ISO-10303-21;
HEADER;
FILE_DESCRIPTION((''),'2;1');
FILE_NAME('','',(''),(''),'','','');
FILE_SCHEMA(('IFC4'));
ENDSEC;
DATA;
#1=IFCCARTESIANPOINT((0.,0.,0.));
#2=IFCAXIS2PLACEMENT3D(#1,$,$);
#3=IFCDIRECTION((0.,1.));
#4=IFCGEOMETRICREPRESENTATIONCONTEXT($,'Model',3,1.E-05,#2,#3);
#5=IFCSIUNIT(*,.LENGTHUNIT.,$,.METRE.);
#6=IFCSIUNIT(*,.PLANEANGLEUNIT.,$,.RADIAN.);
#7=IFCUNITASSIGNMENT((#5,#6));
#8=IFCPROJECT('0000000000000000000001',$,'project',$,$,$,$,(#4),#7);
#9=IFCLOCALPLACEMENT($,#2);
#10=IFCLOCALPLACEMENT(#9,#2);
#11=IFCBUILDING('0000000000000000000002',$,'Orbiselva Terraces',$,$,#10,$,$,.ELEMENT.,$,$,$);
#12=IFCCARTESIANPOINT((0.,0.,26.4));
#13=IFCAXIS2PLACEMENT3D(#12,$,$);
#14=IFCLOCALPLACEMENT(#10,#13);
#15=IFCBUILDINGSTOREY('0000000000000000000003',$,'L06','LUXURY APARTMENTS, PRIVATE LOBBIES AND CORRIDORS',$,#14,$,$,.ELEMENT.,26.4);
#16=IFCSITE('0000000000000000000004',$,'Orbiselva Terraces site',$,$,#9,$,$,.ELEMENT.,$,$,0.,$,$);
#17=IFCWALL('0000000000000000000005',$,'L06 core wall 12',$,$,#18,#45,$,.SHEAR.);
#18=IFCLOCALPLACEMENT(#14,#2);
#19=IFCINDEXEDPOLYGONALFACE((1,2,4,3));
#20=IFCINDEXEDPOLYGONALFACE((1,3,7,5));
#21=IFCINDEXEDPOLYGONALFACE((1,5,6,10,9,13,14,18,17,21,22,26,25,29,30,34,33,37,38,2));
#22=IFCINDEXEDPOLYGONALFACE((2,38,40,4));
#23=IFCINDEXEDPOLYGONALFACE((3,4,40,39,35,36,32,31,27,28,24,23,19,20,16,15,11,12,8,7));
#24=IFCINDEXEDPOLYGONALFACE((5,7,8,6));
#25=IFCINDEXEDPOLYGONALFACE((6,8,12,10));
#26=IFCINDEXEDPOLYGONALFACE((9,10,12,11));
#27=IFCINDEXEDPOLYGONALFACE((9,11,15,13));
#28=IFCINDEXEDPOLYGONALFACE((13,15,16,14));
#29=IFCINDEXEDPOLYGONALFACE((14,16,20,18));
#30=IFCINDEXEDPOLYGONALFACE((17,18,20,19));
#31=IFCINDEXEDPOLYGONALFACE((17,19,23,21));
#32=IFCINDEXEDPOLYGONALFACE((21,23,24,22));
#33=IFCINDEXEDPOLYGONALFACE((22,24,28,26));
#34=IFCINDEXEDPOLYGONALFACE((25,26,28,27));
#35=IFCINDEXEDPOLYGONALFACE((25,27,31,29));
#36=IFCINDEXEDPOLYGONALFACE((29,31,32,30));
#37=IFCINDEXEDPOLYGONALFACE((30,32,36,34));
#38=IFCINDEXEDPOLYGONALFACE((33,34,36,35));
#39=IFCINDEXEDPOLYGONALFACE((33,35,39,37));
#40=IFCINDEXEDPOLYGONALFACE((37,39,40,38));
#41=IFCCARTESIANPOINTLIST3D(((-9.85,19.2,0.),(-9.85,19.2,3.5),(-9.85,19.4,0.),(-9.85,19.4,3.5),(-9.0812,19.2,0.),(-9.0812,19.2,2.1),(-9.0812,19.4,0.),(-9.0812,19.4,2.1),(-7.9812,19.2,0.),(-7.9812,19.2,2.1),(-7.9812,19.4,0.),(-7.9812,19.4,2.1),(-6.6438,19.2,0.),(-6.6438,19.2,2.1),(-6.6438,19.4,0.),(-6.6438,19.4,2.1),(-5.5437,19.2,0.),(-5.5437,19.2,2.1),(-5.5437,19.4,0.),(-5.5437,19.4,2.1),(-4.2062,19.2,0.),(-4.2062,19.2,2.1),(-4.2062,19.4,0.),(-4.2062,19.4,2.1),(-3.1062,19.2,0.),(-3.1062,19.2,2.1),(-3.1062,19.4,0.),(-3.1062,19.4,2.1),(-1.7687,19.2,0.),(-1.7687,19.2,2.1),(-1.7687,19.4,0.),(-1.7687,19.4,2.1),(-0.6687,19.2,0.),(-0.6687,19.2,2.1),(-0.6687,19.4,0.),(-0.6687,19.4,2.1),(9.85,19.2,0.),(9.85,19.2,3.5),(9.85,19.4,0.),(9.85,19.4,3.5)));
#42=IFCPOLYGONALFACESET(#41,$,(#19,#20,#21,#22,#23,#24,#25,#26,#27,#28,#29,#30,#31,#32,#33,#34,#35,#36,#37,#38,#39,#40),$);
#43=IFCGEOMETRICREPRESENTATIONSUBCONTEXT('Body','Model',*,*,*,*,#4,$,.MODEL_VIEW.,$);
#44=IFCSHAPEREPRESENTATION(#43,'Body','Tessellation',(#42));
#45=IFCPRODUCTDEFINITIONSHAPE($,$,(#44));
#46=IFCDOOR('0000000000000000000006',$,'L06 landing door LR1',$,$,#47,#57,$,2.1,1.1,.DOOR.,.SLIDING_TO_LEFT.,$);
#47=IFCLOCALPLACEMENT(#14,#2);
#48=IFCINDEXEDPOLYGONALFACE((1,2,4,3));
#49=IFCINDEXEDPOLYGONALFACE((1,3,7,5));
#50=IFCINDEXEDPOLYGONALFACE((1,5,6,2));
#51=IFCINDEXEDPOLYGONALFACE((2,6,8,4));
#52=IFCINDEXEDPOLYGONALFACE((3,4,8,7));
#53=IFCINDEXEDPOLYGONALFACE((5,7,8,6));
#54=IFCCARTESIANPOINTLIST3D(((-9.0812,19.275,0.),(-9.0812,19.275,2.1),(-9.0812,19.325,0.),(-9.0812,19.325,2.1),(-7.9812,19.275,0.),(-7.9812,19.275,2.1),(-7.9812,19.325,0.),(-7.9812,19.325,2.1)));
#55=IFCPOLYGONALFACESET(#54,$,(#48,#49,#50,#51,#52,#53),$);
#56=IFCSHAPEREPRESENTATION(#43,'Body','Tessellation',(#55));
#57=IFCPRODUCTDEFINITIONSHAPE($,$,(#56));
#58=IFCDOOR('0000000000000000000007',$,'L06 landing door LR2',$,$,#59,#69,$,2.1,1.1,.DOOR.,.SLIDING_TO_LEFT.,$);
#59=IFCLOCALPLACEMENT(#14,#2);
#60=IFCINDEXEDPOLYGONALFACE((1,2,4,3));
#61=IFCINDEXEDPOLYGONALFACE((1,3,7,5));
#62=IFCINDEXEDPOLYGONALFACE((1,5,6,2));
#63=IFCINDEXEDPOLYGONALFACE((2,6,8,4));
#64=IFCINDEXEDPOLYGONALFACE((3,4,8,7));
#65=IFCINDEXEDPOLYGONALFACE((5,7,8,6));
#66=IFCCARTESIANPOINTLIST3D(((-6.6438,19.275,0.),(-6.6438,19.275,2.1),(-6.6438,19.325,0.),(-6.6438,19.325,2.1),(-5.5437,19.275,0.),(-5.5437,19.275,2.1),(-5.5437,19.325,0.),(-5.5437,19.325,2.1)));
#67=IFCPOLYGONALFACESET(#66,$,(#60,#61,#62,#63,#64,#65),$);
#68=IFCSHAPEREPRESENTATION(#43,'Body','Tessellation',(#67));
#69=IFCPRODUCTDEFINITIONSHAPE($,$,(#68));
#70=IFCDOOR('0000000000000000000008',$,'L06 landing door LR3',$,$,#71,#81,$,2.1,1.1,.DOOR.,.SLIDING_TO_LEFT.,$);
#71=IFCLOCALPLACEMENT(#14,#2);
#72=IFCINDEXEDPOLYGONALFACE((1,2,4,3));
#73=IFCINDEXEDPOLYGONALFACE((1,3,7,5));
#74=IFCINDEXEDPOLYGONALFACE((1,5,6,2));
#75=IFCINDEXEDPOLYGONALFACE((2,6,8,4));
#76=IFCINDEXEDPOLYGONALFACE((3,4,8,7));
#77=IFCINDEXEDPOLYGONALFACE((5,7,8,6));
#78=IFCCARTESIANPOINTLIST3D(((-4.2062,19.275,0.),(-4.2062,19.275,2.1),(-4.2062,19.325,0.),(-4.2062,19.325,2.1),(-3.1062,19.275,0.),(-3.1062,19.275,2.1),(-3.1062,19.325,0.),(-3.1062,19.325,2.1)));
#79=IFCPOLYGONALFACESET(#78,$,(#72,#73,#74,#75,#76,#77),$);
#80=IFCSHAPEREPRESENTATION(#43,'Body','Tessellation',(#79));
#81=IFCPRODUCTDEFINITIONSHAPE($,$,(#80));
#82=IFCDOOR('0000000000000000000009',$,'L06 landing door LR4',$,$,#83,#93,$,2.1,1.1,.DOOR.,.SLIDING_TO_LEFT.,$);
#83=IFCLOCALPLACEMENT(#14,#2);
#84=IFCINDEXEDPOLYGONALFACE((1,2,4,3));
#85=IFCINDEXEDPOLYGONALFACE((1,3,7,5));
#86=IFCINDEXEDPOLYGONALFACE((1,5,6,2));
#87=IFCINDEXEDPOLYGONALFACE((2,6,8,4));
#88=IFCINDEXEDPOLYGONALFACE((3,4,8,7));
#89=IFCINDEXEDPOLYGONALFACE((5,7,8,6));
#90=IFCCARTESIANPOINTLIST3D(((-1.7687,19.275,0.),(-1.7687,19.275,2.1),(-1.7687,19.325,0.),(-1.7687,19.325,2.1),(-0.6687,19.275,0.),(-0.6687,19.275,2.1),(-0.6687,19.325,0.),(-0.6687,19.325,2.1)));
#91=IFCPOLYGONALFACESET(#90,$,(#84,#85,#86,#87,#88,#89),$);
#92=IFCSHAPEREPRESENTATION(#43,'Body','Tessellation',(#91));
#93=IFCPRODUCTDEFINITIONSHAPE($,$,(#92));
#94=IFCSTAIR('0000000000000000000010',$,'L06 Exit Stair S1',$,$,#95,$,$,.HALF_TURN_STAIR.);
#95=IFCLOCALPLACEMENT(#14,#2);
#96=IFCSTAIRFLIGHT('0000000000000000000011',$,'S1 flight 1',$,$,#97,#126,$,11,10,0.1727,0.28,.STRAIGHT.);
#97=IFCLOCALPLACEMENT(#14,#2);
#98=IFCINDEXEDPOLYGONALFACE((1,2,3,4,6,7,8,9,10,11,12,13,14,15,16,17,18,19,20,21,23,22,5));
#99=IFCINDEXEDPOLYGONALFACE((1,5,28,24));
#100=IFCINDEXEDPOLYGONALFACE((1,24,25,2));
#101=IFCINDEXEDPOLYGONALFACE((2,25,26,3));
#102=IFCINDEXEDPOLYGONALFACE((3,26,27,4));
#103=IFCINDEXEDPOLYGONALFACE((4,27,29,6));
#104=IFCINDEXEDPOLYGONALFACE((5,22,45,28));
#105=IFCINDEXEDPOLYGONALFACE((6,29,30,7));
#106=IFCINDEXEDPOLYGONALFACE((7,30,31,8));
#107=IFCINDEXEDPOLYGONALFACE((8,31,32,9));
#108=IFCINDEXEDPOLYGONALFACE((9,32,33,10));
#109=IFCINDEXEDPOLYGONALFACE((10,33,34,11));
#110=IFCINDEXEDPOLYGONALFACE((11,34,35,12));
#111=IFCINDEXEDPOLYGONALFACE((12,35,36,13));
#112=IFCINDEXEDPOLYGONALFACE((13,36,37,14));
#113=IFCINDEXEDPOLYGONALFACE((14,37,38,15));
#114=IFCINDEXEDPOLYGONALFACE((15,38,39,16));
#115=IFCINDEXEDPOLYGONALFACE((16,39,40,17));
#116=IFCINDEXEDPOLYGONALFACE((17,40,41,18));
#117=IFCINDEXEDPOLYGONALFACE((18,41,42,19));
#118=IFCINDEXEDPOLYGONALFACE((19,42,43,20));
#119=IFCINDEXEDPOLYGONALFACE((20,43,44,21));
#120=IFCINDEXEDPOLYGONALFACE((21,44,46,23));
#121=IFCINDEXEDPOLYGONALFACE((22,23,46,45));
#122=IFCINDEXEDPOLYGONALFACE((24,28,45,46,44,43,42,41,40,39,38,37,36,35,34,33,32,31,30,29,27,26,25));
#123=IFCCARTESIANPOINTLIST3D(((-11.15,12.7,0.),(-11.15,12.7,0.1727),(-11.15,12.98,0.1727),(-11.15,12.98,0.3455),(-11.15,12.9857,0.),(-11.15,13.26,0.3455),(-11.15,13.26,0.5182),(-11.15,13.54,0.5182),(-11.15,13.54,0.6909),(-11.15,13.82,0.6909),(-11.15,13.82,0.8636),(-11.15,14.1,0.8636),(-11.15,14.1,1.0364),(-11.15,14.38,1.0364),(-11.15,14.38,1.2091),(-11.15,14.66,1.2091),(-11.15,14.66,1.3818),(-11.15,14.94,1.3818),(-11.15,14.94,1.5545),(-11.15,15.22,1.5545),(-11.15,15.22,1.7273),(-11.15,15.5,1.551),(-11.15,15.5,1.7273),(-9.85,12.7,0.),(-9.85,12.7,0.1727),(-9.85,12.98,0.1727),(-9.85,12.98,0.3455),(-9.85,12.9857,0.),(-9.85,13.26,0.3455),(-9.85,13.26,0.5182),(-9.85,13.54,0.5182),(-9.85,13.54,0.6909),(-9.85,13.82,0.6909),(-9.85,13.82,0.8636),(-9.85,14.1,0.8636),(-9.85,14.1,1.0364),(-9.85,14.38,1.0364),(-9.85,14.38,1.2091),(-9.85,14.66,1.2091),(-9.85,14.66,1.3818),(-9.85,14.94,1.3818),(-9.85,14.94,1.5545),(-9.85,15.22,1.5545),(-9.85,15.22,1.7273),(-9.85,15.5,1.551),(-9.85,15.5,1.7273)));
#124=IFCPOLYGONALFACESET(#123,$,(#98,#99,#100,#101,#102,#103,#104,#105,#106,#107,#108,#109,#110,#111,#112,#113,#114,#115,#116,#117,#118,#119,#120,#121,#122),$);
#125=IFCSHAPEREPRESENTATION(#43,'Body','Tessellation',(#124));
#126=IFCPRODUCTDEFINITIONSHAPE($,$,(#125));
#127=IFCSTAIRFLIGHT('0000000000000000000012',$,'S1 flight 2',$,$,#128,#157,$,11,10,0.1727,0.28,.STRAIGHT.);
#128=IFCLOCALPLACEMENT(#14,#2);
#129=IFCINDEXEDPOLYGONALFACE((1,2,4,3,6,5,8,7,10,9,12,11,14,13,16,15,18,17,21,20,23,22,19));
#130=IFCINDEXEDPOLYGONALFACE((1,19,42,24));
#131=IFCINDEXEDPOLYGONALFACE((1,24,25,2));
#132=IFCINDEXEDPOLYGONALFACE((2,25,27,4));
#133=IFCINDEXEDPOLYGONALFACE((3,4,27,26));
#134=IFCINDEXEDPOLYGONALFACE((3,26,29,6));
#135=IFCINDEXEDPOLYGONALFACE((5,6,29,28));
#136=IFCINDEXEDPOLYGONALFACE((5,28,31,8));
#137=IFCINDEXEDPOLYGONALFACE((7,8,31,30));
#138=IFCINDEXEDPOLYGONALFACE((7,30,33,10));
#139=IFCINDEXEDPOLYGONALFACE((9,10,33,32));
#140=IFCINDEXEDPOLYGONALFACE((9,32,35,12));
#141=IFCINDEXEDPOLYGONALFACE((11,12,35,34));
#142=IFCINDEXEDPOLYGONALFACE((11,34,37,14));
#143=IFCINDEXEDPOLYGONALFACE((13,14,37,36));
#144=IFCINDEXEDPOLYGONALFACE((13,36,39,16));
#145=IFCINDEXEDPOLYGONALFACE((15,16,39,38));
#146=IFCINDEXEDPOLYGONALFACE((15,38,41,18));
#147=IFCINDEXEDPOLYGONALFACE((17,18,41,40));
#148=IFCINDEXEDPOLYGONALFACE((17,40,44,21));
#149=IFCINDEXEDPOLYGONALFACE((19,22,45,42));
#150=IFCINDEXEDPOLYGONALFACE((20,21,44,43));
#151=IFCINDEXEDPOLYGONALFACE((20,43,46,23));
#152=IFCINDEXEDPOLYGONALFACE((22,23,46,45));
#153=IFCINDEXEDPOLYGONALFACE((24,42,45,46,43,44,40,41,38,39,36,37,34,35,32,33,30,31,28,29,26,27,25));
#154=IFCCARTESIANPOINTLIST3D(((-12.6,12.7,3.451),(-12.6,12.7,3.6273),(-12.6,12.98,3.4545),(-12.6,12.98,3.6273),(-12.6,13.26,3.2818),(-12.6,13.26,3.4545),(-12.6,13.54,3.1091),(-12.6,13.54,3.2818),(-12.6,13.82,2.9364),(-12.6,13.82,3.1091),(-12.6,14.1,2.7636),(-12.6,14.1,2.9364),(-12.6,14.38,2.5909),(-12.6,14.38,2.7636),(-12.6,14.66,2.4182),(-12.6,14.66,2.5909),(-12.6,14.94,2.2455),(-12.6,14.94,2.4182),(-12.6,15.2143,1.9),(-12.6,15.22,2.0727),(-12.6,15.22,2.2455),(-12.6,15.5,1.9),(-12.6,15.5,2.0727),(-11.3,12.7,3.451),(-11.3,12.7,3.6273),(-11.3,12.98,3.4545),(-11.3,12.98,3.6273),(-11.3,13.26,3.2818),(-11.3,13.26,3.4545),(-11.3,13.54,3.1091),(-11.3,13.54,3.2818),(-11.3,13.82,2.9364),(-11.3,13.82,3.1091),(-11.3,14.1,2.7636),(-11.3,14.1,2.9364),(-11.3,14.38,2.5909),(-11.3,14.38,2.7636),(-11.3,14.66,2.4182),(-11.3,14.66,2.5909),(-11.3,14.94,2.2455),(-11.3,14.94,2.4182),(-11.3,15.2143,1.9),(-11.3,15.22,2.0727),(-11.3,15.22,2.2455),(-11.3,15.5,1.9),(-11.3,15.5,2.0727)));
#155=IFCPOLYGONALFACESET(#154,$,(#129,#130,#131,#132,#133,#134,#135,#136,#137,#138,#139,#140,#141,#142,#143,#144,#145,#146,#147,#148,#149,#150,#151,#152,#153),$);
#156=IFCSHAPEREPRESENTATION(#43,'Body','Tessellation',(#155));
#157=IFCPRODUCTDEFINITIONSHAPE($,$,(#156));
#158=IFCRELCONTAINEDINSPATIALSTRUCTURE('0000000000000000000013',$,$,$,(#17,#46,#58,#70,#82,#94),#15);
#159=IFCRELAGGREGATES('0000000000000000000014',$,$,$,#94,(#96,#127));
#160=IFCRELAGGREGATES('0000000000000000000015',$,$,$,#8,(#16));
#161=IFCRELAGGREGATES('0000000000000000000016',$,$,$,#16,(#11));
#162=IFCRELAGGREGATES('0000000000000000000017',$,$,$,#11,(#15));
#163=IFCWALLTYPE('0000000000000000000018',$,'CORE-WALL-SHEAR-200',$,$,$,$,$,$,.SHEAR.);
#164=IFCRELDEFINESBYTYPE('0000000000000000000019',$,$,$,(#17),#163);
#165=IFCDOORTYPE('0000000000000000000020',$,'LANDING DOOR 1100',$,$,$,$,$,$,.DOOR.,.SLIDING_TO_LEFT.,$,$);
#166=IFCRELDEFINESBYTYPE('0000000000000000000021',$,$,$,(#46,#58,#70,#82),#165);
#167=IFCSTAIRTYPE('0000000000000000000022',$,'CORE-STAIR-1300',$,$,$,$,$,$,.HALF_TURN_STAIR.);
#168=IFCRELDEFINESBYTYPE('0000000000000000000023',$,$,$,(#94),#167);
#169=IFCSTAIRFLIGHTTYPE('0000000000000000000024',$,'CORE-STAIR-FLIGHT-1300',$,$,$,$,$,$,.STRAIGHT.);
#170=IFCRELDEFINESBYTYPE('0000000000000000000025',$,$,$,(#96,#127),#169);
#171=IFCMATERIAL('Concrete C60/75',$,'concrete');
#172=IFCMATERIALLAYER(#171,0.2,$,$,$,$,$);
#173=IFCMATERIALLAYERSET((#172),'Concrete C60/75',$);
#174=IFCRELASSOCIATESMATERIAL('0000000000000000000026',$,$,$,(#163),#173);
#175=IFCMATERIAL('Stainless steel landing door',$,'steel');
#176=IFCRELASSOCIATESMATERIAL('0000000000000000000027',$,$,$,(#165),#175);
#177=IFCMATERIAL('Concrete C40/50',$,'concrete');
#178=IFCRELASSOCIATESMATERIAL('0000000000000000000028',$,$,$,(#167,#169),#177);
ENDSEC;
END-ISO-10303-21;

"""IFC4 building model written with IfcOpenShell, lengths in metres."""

from ifc_helpers import new_model, si_unit, direction, frame, frame_2d, origin, place, context, subcontext, project, spatial, polyline, rectangle, outline, extrude, material, layer, layer_set, type_object, element, fill, aggregate, save


model = new_model("IFC4")

# Units and contexts
model_context = context("Model", 3, precision=1e-05, world=origin(), true_north=direction((0.0, 1.0)))
body_context = subcontext(model_context, "Body", "Model", "MODEL_VIEW")
ifc_project = project(units=[si_unit("LENGTHUNIT", "METRE"), si_unit("PLANEANGLEUNIT", "RADIAN")], contexts=[model_context])

# Site, building, storey
site_placement = place(None, origin())
site = spatial("IfcSite", under=ifc_project, at=site_placement, Name="Orbiselva Terraces site", CompositionType="ELEMENT", RefElevation=0.0)
building_placement = place(site_placement, origin())
building = spatial("IfcBuilding", under=site, at=building_placement, Name="Orbiselva Terraces", CompositionType="ELEMENT")
storey_placement = place(building_placement, frame((0.0, 0.0, 26.4)))
storey = spatial("IfcBuildingStorey", under=building, at=storey_placement, Name="L06", Description="LUXURY APARTMENTS, PRIVATE LOBBIES AND CORRIDORS", CompositionType="ELEMENT", Elevation=26.4)

# Shared definitions
ifc_material_1 = material(Name="Concrete C40/50", Category="concrete")
ifc_material_2 = material(Name="Concrete C60/75", Category="concrete")
ifc_layer_1 = layer(ifc_material_2, 0.2)
ifc_layer_set_1 = layer_set([ifc_layer_1], Name="Concrete C60/75")
wall_type_1 = type_object("IfcWallType", Name="CORE-WALL-SHEAR-200", PredefinedType="SHEAR", material=ifc_layer_set_1)

# Wall, openings, doors
wall_1_placement = place(storey_placement, frame((-9.85, 19.3, 0.0), z_axis=(0.0, 0.0, 1.0), x_axis=(1.0, 0.0, 0.0)))
wall_1 = element("IfcWall", 1, at=wall_1_placement, inside=storey, type_object=wall_type_1, Name="L06 core wall 12", PredefinedType="SHEAR", context=body_context, shape_type="SweptSolid", body=[
    extrude(rectangle(XDim=19.7, YDim=0.2, at=frame_2d((9.85, 0.0))), origin(), (0.0, 0.0, 1.0), 3.5),
])
opening_1_placement = place(wall_1_placement, frame((0.7688, 0.0, 0.0)))
opening_1 = element("IfcOpeningElement", 2, at=opening_1_placement, cuts=wall_1, PredefinedType="OPENING", context=body_context, shape_type="SweptSolid", body=[
    extrude(rectangle(XDim=1.1, YDim=2.1, at=frame_2d((0.55, 1.05))), frame((0.0, 0.11, 0.0), z_axis=(0.0, -1.0, 0.0), x_axis=(1.0, 0.0, 0.0)), (0.0, 0.0, 1.0), 0.22),
])
opening_2_placement = place(wall_1_placement, frame((3.2062, 0.0, 0.0)))
opening_2 = element("IfcOpeningElement", 3, at=opening_2_placement, cuts=wall_1, PredefinedType="OPENING", context=body_context, shape_type="SweptSolid", body=[
    extrude(rectangle(XDim=1.1, YDim=2.1, at=frame_2d((0.55, 1.05))), frame((0.0, 0.11, 0.0), z_axis=(0.0, -1.0, 0.0), x_axis=(1.0, 0.0, 0.0)), (0.0, 0.0, 1.0), 0.22),
])
opening_3_placement = place(wall_1_placement, frame((5.6437, 0.0, 0.0)))
opening_3 = element("IfcOpeningElement", 4, at=opening_3_placement, cuts=wall_1, PredefinedType="OPENING", context=body_context, shape_type="SweptSolid", body=[
    extrude(rectangle(XDim=1.1, YDim=2.1, at=frame_2d((0.55, 1.05))), frame((0.0, 0.11, 0.0), z_axis=(0.0, -1.0, 0.0), x_axis=(1.0, 0.0, 0.0)), (0.0, 0.0, 1.0), 0.22),
])
opening_4_placement = place(wall_1_placement, frame((8.0813, 0.0, 0.0)))
opening_4 = element("IfcOpeningElement", 5, at=opening_4_placement, cuts=wall_1, PredefinedType="OPENING", context=body_context, shape_type="SweptSolid", body=[
    extrude(rectangle(XDim=1.1, YDim=2.1, at=frame_2d((0.55, 1.05))), frame((0.0, 0.11, 0.0), z_axis=(0.0, -1.0, 0.0), x_axis=(1.0, 0.0, 0.0)), (0.0, 0.0, 1.0), 0.22),
])
ifc_material_3 = material(Name="Stainless steel landing door", Category="steel")
door_type_1 = type_object("IfcDoorType", Name="LANDING DOOR 1100", OperationType="SLIDING_TO_LEFT", PredefinedType="DOOR", material=ifc_material_3)
door_1_placement = place(opening_1_placement, origin())
door_1 = element("IfcDoor", 6, at=door_1_placement, inside=storey, type_object=door_type_1, Name="L06 landing door LR1", OperationType="SLIDING_TO_LEFT", OverallHeight=2.1, OverallWidth=1.1, PredefinedType="DOOR", context=body_context, shape_type="SweptSolid", body=[
    extrude(rectangle(XDim=1.1, YDim=2.1, at=frame_2d((0.55, 1.05))), frame((0.0, 0.025, 0.0), z_axis=(0.0, -1.0, 0.0), x_axis=(1.0, 0.0, 0.0)), (0.0, 0.0, 1.0), 0.05),
])
fill(opening_1, door_1)
door_2_placement = place(opening_2_placement, origin())
door_2 = element("IfcDoor", 7, at=door_2_placement, inside=storey, type_object=door_type_1, Name="L06 landing door LR2", OperationType="SLIDING_TO_LEFT", OverallHeight=2.1, OverallWidth=1.1, PredefinedType="DOOR", context=body_context, shape_type="SweptSolid", body=[
    extrude(rectangle(XDim=1.1, YDim=2.1, at=frame_2d((0.55, 1.05))), frame((0.0, 0.025, 0.0), z_axis=(0.0, -1.0, 0.0), x_axis=(1.0, 0.0, 0.0)), (0.0, 0.0, 1.0), 0.05),
])
fill(opening_2, door_2)
door_3_placement = place(opening_3_placement, origin())
door_3 = element("IfcDoor", 8, at=door_3_placement, inside=storey, type_object=door_type_1, Name="L06 landing door LR3", OperationType="SLIDING_TO_LEFT", OverallHeight=2.1, OverallWidth=1.1, PredefinedType="DOOR", context=body_context, shape_type="SweptSolid", body=[
    extrude(rectangle(XDim=1.1, YDim=2.1, at=frame_2d((0.55, 1.05))), frame((0.0, 0.025, 0.0), z_axis=(0.0, -1.0, 0.0), x_axis=(1.0, 0.0, 0.0)), (0.0, 0.0, 1.0), 0.05),
])
fill(opening_3, door_3)
door_4_placement = place(opening_4_placement, origin())
door_4 = element("IfcDoor", 9, at=door_4_placement, inside=storey, type_object=door_type_1, Name="L06 landing door LR4", OperationType="SLIDING_TO_LEFT", OverallHeight=2.1, OverallWidth=1.1, PredefinedType="DOOR", context=body_context, shape_type="SweptSolid", body=[
    extrude(rectangle(XDim=1.1, YDim=2.1, at=frame_2d((0.55, 1.05))), frame((0.0, 0.025, 0.0), z_axis=(0.0, -1.0, 0.0), x_axis=(1.0, 0.0, 0.0)), (0.0, 0.0, 1.0), 0.05),
])
fill(opening_4, door_4)

# Stair, stair flights
stair_type = type_object("IfcStairType", Name="CORE-STAIR-1300", PredefinedType="HALF_TURN_STAIR", material=ifc_material_1)
stair_placement = place(storey_placement, origin())
stair = element("IfcStair", 10, at=stair_placement, inside=storey, type_object=stair_type, Name="L06 Exit Stair S1", PredefinedType="HALF_TURN_STAIR")
stair_flight_type = type_object("IfcStairFlightType", Name="CORE-STAIR-FLIGHT-1300", PredefinedType="STRAIGHT", material=ifc_material_1)
stair_flight_1_placement = place(storey_placement, frame((-10.5, 12.7, 0.0), z_axis=(0.0, 0.0, 1.0), x_axis=(0.0, 1.0, 0.0)))
stair_flight_1 = element("IfcStairFlight", 11, at=stair_flight_1_placement, type_object=stair_flight_type, Name="S1 flight 1", NumberOfRisers=11, NumberOfTreads=10, PredefinedType="STRAIGHT", RiserHeight=0.1727, TreadLength=0.28, context=body_context, shape_type="SweptSolid", body=[
    extrude(outline(polyline([(0.0, 0.0), (0.0, 0.1727), (0.28, 0.1727), (0.28, 0.3455), (0.56, 0.3455), (0.56, 0.5182), (0.84, 0.5182), (0.84, 0.6909), (1.12, 0.6909), (1.12, 0.8636), (1.4, 0.8636), (1.4, 1.0364), (1.68, 1.0364), (1.68, 1.2091), (1.96, 1.2091), (1.96, 1.3818), (2.24, 1.3818), (2.24, 1.5545), (2.52, 1.5545), (2.52, 1.7273), (2.8, 1.7273), (2.8, 1.9), (2.8, 1.551), (0.2857, 0.0), (0.0, 0.0)])), frame((0.0, 0.65, 0.0), z_axis=(0.0, -1.0, 0.0), x_axis=(1.0, 0.0, 0.0)), (0.0, 0.0, 1.0), 1.3),
])
stair_flight_2_placement = place(storey_placement, frame((-11.95, 15.5, 1.9), z_axis=(0.0, 0.0, 1.0), x_axis=(0.0, -1.0, 0.0)))
stair_flight_2 = element("IfcStairFlight", 12, at=stair_flight_2_placement, type_object=stair_flight_type, Name="S1 flight 2", NumberOfRisers=11, NumberOfTreads=10, PredefinedType="STRAIGHT", RiserHeight=0.1727, TreadLength=0.28, context=body_context, shape_type="SweptSolid", body=[
    extrude(outline(polyline([(0.0, 0.0), (0.0, 0.1727), (0.28, 0.1727), (0.28, 0.3455), (0.56, 0.3455), (0.56, 0.5182), (0.84, 0.5182), (0.84, 0.6909), (1.12, 0.6909), (1.12, 0.8636), (1.4, 0.8636), (1.4, 1.0364), (1.68, 1.0364), (1.68, 1.2091), (1.96, 1.2091), (1.96, 1.3818), (2.24, 1.3818), (2.24, 1.5545), (2.52, 1.5545), (2.52, 1.7273), (2.8, 1.7273), (2.8, 1.9), (2.8, 1.551), (0.2857, 0.0), (0.0, 0.0)])), frame((0.0, 0.65, 0.0), z_axis=(0.0, -1.0, 0.0), x_axis=(1.0, 0.0, 0.0)), (0.0, 0.0, 1.0), 1.3),
])
aggregate(stair, [stair_flight_1, stair_flight_2])

save(model, "model.ifc")
